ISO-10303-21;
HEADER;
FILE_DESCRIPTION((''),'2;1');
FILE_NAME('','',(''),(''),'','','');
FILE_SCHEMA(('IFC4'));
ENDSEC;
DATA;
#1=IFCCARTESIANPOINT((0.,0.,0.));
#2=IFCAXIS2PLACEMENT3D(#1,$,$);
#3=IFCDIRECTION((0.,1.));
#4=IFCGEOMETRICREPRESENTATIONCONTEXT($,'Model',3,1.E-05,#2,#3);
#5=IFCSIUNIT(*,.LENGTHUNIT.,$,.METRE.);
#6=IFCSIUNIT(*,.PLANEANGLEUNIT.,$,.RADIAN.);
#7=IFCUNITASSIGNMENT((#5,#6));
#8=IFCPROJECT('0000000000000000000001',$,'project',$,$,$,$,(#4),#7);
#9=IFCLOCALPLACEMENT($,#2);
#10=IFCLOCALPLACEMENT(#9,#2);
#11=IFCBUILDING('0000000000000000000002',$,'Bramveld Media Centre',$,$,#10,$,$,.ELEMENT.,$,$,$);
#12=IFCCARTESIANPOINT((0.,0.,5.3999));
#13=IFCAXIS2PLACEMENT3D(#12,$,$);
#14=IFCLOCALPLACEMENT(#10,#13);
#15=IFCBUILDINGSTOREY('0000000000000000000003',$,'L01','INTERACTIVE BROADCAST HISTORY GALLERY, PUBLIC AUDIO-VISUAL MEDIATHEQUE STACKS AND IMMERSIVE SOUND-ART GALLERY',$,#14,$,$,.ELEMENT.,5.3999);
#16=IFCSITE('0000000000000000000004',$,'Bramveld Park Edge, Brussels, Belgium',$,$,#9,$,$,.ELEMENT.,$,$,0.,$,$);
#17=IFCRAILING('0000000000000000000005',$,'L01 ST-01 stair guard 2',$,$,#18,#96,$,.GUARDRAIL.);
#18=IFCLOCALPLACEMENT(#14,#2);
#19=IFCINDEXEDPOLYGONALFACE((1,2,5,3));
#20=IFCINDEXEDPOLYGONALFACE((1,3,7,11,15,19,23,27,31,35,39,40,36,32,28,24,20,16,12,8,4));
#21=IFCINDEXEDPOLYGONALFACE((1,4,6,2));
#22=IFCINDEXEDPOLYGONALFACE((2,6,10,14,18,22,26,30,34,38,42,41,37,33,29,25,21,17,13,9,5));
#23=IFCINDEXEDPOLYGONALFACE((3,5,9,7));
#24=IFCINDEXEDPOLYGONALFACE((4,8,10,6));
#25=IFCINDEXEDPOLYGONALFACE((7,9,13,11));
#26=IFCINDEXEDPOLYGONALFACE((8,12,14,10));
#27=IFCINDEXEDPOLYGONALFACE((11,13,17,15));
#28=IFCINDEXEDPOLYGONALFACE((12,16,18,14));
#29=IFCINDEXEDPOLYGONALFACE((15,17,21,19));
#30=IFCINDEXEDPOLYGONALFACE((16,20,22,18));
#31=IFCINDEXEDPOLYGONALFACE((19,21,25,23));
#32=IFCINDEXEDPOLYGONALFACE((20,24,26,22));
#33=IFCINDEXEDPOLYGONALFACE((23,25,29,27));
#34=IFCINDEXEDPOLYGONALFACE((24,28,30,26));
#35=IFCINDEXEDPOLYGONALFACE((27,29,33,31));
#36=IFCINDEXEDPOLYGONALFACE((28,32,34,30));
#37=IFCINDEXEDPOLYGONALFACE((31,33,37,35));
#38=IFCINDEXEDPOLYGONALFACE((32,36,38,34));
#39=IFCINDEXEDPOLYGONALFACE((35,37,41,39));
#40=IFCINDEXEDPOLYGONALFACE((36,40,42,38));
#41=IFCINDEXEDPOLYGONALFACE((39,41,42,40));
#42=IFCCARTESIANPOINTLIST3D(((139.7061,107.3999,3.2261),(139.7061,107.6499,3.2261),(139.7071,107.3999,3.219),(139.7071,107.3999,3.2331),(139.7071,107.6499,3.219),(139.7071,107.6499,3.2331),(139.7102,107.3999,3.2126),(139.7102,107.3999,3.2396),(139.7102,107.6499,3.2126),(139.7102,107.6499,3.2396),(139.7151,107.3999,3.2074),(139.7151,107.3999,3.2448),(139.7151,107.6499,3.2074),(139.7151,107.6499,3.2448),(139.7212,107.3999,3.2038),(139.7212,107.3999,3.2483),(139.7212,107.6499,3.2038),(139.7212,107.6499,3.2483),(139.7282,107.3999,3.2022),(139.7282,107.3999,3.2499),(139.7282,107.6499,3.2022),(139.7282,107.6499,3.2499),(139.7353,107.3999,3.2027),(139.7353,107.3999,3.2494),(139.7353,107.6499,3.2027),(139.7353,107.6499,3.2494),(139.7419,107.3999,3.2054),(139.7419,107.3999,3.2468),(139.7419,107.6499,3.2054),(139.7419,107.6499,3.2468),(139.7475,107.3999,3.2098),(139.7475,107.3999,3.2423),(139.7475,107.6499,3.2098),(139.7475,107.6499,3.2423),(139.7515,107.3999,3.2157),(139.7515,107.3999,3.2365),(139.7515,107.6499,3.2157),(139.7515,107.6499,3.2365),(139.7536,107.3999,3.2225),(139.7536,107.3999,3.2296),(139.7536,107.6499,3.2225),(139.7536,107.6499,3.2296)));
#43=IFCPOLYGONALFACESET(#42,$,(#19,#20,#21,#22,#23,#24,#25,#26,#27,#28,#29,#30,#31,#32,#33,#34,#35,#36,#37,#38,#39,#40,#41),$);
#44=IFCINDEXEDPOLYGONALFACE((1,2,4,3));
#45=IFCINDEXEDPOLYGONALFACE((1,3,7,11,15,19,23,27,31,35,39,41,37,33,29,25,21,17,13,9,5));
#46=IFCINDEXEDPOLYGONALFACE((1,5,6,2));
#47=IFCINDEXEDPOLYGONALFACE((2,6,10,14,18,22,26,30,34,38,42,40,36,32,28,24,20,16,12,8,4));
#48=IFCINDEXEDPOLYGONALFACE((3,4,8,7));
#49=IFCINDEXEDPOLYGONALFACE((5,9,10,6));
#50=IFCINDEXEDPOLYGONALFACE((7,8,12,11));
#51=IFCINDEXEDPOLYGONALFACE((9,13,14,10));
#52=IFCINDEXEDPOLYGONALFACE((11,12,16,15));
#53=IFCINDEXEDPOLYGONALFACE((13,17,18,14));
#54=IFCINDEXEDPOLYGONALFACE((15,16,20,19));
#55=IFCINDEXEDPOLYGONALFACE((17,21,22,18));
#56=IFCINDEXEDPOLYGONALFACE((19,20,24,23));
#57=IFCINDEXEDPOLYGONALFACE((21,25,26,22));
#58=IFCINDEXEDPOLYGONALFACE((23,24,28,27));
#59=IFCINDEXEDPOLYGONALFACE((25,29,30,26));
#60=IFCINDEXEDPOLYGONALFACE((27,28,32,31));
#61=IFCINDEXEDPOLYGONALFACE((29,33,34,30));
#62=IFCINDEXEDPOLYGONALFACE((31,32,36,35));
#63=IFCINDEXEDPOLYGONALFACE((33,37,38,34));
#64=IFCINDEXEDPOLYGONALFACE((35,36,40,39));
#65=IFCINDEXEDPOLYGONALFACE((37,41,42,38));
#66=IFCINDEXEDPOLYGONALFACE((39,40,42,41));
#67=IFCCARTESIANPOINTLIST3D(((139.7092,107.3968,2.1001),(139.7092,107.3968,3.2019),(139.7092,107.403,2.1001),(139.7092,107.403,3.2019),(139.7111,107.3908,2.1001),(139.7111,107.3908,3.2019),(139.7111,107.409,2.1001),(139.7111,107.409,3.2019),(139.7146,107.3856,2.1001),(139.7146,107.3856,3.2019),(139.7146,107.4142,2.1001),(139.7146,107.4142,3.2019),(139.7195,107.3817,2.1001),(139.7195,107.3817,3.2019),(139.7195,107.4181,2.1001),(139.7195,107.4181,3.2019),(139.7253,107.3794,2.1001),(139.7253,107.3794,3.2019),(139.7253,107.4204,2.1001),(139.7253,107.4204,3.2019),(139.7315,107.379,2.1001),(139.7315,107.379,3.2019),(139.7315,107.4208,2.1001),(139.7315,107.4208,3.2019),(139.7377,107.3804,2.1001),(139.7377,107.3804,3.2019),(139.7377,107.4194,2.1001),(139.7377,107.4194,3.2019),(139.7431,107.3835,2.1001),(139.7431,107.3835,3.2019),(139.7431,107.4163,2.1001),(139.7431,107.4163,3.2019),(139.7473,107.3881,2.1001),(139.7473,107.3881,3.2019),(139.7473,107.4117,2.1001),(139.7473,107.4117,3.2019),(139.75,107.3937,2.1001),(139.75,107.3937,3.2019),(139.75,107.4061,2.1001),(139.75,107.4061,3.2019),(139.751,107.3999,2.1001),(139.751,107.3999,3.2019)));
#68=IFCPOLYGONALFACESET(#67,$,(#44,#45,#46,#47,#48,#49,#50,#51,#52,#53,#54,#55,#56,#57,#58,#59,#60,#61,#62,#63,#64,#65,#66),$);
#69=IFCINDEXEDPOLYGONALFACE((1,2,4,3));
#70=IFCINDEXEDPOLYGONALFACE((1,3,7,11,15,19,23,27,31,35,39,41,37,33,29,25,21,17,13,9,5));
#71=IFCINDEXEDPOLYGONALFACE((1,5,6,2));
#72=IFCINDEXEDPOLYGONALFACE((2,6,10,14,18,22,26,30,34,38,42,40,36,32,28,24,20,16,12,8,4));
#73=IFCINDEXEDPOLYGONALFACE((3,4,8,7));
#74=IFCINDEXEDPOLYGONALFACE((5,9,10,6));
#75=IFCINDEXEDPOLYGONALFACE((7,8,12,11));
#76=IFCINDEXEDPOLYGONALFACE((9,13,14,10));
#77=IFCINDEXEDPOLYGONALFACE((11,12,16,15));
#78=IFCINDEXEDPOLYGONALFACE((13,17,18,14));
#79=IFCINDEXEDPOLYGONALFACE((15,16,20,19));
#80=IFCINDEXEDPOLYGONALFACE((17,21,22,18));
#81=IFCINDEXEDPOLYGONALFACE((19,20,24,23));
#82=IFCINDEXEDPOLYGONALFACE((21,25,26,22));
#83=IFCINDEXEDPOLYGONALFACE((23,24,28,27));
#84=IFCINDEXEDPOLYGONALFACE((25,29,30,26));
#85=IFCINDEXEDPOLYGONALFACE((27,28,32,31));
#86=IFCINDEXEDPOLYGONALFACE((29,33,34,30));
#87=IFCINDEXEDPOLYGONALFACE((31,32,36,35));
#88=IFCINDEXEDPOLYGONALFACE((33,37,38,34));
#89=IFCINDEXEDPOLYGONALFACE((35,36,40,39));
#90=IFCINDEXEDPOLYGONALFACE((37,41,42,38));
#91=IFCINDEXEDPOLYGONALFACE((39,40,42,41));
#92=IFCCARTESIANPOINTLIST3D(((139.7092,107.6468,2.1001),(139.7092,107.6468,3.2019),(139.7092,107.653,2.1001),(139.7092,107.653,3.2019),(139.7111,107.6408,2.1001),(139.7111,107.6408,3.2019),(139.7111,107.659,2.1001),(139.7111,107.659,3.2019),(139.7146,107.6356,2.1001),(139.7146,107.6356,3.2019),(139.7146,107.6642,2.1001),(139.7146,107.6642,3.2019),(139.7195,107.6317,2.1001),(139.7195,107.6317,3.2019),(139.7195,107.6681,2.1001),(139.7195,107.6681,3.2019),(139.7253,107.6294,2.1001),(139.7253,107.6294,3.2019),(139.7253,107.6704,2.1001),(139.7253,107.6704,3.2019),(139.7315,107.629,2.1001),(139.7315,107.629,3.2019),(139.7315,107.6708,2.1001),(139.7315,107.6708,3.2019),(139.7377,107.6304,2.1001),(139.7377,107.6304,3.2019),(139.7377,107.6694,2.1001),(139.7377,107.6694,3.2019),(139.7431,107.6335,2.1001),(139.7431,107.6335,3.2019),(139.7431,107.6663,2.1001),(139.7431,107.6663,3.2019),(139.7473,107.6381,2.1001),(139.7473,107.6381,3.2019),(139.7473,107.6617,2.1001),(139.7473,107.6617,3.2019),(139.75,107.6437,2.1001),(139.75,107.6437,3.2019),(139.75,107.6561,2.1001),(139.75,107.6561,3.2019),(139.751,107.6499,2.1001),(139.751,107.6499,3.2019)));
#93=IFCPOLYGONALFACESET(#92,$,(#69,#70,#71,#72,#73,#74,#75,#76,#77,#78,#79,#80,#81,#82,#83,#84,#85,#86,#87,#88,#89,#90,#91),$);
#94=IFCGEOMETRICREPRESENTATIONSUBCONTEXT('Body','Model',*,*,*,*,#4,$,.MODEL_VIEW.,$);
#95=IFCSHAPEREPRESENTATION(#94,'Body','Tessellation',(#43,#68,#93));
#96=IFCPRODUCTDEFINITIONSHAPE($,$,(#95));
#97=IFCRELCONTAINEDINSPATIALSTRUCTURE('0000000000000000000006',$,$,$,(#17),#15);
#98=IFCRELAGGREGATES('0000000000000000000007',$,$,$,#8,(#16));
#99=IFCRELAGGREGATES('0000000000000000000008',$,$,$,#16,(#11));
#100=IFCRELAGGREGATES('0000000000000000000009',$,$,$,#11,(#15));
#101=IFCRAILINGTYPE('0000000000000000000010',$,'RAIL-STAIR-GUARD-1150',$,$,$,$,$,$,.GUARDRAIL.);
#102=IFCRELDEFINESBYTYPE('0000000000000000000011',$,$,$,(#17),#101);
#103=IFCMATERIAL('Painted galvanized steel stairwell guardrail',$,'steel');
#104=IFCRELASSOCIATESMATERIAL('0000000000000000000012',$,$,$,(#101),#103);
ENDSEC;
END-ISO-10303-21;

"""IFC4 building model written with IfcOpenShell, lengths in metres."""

from ifc_helpers import new_model, si_unit, direction, frame, origin, origin_2d, place, context, subcontext, project, spatial, circle, extrude, material, type_object, element, save


model = new_model("IFC4")

# Units and contexts
model_context = context("Model", 3, precision=1e-05, world=origin(), true_north=direction((0.0, 1.0)))
body_context = subcontext(model_context, "Body", "Model", "MODEL_VIEW")
ifc_project = project(units=[si_unit("LENGTHUNIT", "METRE"), si_unit("PLANEANGLEUNIT", "RADIAN")], contexts=[model_context])

# Site, building, storey
site_placement = place(None, origin())
site = spatial("IfcSite", under=ifc_project, at=site_placement, Name="Bramveld Park Edge, Brussels, Belgium", CompositionType="ELEMENT", RefElevation=0.0)
building_placement = place(site_placement, origin())
building = spatial("IfcBuilding", under=site, at=building_placement, Name="Bramveld Media Centre", CompositionType="ELEMENT")
storey_placement = place(building_placement, frame((0.0, 0.0, 5.3999)))
storey = spatial("IfcBuildingStorey", under=building, at=storey_placement, Name="L01", Description="INTERACTIVE BROADCAST HISTORY GALLERY, PUBLIC AUDIO-VISUAL MEDIATHEQUE STACKS AND IMMERSIVE SOUND-ART GALLERY", CompositionType="ELEMENT", Elevation=5.3999)

# Railing
ifc_material_1 = material(Name="Painted galvanized steel stairwell guardrail", Category="steel")
railing_type_1 = type_object("IfcRailingType", Name="RAIL-STAIR-GUARD-1150", PredefinedType="GUARDRAIL", material=ifc_material_1)
railing_1_placement = place(storey_placement, frame((139.73, 107.3999, 2.1001)))
element("IfcRailing", 1, at=railing_1_placement, inside=storey, type_object=railing_type_1, Name="L01 ST-01 stair guard 2", PredefinedType="GUARDRAIL", context=body_context, shape_type="SweptSolid", body=[
    extrude(circle(Radius=0.0239, at=origin_2d()), frame((0.0, 0.0, 1.126), z_axis=(0.0, 1.0, 0.0), x_axis=(-1.0, 0.0, 0.0)), (0.0, 0.0, 1.0), 0.25),
    extrude(circle(Radius=0.021, at=origin_2d()), origin(), (0.0, 0.0, 1.0), 1.1018),
    extrude(circle(Radius=0.021, at=origin_2d()), frame((0.0, 0.25, 0.0)), (0.0, 0.0, 1.0), 1.1018),
])

save(model, "model.ifc")
